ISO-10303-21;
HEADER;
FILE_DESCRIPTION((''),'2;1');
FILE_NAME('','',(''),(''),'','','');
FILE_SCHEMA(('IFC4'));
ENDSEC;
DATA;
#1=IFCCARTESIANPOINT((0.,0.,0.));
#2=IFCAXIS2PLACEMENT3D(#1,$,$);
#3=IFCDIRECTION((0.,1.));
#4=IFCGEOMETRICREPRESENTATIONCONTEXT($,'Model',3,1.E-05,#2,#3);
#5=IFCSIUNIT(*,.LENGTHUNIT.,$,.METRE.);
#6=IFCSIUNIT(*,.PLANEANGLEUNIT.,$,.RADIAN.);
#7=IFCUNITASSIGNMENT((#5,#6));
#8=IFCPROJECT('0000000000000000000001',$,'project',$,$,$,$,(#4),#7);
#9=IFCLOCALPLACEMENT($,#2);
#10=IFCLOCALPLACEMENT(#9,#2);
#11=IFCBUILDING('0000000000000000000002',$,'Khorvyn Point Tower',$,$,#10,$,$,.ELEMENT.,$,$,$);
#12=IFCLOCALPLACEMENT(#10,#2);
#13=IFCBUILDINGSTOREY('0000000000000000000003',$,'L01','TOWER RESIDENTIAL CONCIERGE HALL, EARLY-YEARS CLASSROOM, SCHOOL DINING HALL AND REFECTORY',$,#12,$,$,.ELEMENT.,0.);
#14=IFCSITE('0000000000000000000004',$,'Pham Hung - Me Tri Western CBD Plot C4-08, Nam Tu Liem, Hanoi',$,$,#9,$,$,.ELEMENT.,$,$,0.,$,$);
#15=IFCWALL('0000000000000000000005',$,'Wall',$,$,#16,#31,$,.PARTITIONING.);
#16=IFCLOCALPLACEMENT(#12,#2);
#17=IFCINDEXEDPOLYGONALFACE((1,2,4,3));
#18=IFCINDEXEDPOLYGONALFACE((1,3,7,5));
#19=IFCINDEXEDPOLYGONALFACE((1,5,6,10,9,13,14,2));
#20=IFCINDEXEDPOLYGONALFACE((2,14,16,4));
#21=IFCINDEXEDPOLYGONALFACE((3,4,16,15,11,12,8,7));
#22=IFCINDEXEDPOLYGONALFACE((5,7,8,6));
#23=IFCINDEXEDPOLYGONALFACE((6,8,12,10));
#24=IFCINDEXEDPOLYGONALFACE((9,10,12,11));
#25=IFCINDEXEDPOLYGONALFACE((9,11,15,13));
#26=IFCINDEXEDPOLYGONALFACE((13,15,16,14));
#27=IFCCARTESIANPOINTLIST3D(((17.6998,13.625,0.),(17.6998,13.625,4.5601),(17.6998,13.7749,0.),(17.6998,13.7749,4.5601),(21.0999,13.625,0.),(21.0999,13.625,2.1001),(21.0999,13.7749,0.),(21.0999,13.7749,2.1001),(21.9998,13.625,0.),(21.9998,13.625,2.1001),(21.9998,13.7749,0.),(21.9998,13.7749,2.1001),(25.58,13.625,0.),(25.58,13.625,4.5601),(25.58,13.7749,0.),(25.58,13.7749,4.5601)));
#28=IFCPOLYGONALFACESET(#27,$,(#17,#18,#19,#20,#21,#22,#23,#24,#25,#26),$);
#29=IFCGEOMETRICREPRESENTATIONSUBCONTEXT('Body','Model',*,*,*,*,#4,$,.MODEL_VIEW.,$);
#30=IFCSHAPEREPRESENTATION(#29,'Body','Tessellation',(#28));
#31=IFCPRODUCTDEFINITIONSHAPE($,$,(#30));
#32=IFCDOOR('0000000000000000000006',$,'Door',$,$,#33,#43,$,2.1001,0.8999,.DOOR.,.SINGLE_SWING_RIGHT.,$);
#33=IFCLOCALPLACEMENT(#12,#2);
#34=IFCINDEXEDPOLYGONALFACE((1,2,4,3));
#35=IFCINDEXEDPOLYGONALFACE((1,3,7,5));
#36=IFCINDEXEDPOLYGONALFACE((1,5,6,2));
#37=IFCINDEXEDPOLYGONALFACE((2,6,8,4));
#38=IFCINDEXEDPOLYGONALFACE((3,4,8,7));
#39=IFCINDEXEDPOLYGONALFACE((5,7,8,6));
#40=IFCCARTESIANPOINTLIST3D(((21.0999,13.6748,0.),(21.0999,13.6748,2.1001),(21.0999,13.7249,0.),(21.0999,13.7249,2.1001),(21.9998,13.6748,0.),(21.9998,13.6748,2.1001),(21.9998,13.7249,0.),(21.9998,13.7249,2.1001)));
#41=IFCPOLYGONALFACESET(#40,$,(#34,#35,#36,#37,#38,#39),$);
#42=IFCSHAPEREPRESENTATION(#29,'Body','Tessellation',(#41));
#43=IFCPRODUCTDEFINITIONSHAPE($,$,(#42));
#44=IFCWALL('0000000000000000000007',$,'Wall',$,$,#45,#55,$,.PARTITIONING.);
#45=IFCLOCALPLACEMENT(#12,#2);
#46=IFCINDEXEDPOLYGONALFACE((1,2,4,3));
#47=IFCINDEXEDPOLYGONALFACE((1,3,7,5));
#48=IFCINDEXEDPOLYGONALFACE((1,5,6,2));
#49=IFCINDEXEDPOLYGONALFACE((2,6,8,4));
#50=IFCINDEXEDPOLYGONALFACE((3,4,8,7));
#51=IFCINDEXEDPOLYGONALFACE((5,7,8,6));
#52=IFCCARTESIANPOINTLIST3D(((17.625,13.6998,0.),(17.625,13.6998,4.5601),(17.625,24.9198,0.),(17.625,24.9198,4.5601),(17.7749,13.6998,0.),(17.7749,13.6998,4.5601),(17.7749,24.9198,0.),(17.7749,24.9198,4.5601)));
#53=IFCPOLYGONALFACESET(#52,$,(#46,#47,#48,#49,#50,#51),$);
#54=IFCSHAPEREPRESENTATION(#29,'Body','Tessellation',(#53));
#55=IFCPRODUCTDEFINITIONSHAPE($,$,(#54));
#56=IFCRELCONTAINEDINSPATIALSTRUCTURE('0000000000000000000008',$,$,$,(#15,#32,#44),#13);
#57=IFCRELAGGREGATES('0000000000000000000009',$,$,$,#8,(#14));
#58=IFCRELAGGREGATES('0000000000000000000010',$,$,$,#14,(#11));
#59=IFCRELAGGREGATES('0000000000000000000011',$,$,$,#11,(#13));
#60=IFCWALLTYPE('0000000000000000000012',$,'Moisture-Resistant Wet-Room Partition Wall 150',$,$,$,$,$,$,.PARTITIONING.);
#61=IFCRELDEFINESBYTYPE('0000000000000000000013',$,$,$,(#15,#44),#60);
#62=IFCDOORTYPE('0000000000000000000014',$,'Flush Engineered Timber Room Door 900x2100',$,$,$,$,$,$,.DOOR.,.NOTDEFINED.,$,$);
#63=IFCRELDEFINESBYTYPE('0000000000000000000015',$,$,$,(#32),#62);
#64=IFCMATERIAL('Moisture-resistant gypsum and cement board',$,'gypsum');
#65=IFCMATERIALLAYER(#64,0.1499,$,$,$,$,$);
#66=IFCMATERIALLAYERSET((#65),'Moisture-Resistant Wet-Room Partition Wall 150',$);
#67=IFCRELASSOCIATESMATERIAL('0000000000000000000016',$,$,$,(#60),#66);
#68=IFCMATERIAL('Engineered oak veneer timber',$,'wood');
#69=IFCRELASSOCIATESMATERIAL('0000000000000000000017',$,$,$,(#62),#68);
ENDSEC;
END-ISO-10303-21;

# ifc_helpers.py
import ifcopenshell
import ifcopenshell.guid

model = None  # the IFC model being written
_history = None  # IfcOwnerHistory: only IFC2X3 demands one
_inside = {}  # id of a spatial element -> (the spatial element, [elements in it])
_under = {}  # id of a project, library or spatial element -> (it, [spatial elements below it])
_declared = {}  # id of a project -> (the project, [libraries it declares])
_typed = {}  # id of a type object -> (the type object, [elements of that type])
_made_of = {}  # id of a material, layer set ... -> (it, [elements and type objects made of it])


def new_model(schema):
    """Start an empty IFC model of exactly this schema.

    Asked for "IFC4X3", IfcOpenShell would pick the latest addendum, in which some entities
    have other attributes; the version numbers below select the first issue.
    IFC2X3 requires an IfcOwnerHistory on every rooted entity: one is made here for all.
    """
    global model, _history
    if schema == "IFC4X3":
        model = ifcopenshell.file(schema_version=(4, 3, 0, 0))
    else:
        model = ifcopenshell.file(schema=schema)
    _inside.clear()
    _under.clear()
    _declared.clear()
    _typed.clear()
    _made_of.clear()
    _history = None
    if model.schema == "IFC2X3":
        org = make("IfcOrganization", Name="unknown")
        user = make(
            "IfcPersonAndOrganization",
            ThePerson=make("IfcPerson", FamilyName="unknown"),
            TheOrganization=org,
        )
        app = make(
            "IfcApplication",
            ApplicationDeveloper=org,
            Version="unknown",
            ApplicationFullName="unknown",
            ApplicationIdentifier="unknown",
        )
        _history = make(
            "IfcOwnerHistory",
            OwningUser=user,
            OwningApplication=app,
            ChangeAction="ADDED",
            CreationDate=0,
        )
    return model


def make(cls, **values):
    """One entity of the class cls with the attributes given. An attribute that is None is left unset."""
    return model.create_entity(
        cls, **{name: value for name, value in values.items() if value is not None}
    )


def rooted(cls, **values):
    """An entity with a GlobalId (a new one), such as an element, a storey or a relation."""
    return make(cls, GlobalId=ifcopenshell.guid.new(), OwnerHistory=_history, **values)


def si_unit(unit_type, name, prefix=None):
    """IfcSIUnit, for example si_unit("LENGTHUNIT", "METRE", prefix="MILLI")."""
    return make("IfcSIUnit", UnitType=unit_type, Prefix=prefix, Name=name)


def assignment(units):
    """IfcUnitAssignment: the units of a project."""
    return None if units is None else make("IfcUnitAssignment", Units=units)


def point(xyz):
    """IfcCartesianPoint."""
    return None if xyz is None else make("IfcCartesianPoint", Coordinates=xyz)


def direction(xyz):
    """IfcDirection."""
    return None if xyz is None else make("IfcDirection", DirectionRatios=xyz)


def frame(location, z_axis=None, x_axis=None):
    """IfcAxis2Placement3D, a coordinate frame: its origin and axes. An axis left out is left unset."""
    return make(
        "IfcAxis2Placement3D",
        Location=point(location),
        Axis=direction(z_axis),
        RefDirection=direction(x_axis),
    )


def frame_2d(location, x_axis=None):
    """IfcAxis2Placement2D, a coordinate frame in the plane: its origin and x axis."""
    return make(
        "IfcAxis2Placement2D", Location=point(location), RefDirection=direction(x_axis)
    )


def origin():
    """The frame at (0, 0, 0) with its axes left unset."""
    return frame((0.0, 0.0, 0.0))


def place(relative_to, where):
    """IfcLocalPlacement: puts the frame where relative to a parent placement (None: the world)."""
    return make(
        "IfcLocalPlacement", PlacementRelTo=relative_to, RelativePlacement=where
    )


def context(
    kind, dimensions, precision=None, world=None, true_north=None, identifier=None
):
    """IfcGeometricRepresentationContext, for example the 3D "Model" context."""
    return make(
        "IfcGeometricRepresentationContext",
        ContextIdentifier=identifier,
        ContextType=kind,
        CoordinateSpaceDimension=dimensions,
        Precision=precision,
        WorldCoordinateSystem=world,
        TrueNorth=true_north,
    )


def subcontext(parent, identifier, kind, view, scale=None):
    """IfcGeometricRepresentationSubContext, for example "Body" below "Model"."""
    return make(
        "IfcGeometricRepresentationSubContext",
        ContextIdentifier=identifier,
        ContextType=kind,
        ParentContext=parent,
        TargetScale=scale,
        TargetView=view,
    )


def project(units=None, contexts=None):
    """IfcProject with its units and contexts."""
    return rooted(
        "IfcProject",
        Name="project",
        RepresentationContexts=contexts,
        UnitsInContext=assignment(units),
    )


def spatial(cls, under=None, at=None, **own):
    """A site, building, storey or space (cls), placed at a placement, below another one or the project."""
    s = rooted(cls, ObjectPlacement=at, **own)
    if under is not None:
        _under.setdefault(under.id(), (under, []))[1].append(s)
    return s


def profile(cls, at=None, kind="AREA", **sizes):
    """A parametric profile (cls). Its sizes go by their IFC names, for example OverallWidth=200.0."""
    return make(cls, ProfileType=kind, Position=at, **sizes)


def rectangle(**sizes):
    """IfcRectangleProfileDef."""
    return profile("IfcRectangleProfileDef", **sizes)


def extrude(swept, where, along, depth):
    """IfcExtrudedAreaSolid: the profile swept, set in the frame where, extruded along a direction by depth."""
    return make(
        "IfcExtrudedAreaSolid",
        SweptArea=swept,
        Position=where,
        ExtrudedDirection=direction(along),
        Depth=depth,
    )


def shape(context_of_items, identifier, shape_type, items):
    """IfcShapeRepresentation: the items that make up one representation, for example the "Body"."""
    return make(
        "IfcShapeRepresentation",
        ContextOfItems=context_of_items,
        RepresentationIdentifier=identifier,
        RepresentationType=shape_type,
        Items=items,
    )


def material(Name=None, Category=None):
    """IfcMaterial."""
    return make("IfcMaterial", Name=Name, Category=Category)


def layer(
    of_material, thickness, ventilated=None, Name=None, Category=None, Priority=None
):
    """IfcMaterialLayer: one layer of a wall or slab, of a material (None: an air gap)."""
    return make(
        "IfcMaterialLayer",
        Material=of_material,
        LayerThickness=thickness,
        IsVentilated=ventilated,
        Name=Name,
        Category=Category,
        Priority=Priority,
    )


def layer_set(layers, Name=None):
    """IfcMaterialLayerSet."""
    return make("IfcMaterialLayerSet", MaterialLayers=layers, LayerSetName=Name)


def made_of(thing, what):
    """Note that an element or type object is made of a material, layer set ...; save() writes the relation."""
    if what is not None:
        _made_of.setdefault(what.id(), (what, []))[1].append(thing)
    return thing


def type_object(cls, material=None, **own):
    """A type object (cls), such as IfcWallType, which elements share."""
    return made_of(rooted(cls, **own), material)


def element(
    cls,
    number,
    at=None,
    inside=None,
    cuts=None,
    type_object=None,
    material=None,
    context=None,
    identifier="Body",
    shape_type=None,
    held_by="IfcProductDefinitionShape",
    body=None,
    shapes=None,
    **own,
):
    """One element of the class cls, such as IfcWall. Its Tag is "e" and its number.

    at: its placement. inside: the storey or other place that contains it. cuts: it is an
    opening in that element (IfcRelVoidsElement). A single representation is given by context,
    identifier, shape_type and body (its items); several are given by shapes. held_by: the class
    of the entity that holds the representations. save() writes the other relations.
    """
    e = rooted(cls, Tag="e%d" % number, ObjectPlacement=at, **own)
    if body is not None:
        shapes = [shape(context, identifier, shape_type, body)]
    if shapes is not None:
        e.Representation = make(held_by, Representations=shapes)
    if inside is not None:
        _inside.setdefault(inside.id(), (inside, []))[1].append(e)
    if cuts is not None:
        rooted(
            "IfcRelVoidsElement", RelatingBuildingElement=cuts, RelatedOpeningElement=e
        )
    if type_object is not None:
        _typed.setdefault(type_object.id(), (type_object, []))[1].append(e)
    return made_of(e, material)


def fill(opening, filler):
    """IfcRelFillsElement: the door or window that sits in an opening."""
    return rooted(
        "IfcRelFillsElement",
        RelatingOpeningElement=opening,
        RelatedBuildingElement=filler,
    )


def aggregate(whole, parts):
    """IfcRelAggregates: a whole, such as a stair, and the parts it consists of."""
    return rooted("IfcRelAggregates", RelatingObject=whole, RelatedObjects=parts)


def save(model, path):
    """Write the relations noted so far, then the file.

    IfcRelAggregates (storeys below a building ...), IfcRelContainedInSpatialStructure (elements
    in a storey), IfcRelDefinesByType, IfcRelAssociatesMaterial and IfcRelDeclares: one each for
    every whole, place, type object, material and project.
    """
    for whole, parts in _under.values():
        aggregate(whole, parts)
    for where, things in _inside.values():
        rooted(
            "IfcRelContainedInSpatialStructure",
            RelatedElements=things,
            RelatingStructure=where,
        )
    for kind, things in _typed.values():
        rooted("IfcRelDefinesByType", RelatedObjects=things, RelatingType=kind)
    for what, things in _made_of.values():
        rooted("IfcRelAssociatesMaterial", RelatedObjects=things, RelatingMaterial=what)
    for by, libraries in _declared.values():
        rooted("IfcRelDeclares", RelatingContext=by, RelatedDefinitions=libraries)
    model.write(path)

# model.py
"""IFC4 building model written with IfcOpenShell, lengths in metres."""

from ifc_helpers import new_model, si_unit, direction, frame, frame_2d, origin, place, context, subcontext, project, spatial, rectangle, extrude, material, layer, layer_set, type_object, element, fill, save


model = new_model("IFC4")

# Units and contexts
model_context = context("Model", 3, precision=1e-05, world=origin(), true_north=direction((0.0, 1.0)))
body_context = subcontext(model_context, "Body", "Model", "MODEL_VIEW")
ifc_project = project(units=[si_unit("LENGTHUNIT", "METRE"), si_unit("PLANEANGLEUNIT", "RADIAN")], contexts=[model_context])

# Site, building, storey
site_placement = place(None, origin())
site = spatial("IfcSite", under=ifc_project, at=site_placement, Name="Pham Hung - Me Tri Western CBD Plot C4-08, Nam Tu Liem, Hanoi", CompositionType="ELEMENT", RefElevation=0.0)
building_placement = place(site_placement, origin())
building = spatial("IfcBuilding", under=site, at=building_placement, Name="Khorvyn Point Tower", CompositionType="ELEMENT")
storey_placement = place(building_placement, origin())
storey = spatial("IfcBuildingStorey", under=building, at=storey_placement, Name="L01", Description="TOWER RESIDENTIAL CONCIERGE HALL, EARLY-YEARS CLASSROOM, SCHOOL DINING HALL AND REFECTORY", CompositionType="ELEMENT", Elevation=0.0)

# Wall, opening, door
ifc_material_1 = material(Name="Moisture-resistant gypsum and cement board", Category="gypsum")
ifc_layer_1 = layer(ifc_material_1, 0.1499)
ifc_layer_set_1 = layer_set([ifc_layer_1], Name="Moisture-Resistant Wet-Room Partition Wall 150")
wall_type_1 = type_object("IfcWallType", Name="Moisture-Resistant Wet-Room Partition Wall 150", PredefinedType="PARTITIONING", material=ifc_layer_set_1)
wall_1_placement = place(storey_placement, frame((17.7, 13.7, 0.0), z_axis=(0.0, 0.0, 1.0), x_axis=(1.0, 0.0, 0.0)))
wall_1 = element("IfcWall", 1, at=wall_1_placement, inside=storey, type_object=wall_type_1, Name="Wall", PredefinedType="PARTITIONING", context=body_context, shape_type="SweptSolid", body=[
    extrude(rectangle(XDim=7.8801, YDim=0.1499, at=frame_2d((3.9399, 0.0))), origin(), (0.0, 0.0, 1.0), 4.5601),
])
opening_1_placement = place(wall_1_placement, frame((3.3999, 0.0, 0.0)))
opening_1 = element("IfcOpeningElement", 2, at=opening_1_placement, cuts=wall_1, PredefinedType="OPENING", context=body_context, shape_type="SweptSolid", body=[
    extrude(rectangle(XDim=0.8999, YDim=2.1001, at=frame_2d((0.45, 1.05))), frame((0.0, 0.085, 0.0), z_axis=(0.0, -1.0, 0.0), x_axis=(1.0, 0.0, 0.0)), (0.0, 0.0, 1.0), 0.1699),
])
ifc_material_2 = material(Name="Engineered oak veneer timber", Category="wood")
door_type_1 = type_object("IfcDoorType", Name="Flush Engineered Timber Room Door 900x2100", OperationType="NOTDEFINED", PredefinedType="DOOR", material=ifc_material_2)
door_1_placement = place(opening_1_placement, origin())
door_1 = element("IfcDoor", 3, at=door_1_placement, inside=storey, type_object=door_type_1, Name="Door", OperationType="SINGLE_SWING_RIGHT", OverallHeight=2.1001, OverallWidth=0.8999, PredefinedType="DOOR", context=body_context, shape_type="SweptSolid", body=[
    extrude(rectangle(XDim=0.8999, YDim=2.1001, at=frame_2d((0.45, 1.05))), frame((0.0, 0.0249, 0.0), z_axis=(0.0, -1.0, 0.0), x_axis=(1.0, 0.0, 0.0)), (0.0, 0.0, 1.0), 0.05),
])
fill(opening_1, door_1)

# Wall
wall_2_placement = place(storey_placement, frame((17.7, 13.7, 0.0), z_axis=(0.0, 0.0, 1.0), x_axis=(0.0, 1.0, 0.0)))
element("IfcWall", 4, at=wall_2_placement, inside=storey, type_object=wall_type_1, Name="Wall", PredefinedType="PARTITIONING", context=body_context, shape_type="SweptSolid", body=[
    extrude(rectangle(XDim=11.22, YDim=0.1499, at=frame_2d((5.6099, 0.0))), origin(), (0.0, 0.0, 1.0), 4.5601),
])

save(model, "model.ifc")
